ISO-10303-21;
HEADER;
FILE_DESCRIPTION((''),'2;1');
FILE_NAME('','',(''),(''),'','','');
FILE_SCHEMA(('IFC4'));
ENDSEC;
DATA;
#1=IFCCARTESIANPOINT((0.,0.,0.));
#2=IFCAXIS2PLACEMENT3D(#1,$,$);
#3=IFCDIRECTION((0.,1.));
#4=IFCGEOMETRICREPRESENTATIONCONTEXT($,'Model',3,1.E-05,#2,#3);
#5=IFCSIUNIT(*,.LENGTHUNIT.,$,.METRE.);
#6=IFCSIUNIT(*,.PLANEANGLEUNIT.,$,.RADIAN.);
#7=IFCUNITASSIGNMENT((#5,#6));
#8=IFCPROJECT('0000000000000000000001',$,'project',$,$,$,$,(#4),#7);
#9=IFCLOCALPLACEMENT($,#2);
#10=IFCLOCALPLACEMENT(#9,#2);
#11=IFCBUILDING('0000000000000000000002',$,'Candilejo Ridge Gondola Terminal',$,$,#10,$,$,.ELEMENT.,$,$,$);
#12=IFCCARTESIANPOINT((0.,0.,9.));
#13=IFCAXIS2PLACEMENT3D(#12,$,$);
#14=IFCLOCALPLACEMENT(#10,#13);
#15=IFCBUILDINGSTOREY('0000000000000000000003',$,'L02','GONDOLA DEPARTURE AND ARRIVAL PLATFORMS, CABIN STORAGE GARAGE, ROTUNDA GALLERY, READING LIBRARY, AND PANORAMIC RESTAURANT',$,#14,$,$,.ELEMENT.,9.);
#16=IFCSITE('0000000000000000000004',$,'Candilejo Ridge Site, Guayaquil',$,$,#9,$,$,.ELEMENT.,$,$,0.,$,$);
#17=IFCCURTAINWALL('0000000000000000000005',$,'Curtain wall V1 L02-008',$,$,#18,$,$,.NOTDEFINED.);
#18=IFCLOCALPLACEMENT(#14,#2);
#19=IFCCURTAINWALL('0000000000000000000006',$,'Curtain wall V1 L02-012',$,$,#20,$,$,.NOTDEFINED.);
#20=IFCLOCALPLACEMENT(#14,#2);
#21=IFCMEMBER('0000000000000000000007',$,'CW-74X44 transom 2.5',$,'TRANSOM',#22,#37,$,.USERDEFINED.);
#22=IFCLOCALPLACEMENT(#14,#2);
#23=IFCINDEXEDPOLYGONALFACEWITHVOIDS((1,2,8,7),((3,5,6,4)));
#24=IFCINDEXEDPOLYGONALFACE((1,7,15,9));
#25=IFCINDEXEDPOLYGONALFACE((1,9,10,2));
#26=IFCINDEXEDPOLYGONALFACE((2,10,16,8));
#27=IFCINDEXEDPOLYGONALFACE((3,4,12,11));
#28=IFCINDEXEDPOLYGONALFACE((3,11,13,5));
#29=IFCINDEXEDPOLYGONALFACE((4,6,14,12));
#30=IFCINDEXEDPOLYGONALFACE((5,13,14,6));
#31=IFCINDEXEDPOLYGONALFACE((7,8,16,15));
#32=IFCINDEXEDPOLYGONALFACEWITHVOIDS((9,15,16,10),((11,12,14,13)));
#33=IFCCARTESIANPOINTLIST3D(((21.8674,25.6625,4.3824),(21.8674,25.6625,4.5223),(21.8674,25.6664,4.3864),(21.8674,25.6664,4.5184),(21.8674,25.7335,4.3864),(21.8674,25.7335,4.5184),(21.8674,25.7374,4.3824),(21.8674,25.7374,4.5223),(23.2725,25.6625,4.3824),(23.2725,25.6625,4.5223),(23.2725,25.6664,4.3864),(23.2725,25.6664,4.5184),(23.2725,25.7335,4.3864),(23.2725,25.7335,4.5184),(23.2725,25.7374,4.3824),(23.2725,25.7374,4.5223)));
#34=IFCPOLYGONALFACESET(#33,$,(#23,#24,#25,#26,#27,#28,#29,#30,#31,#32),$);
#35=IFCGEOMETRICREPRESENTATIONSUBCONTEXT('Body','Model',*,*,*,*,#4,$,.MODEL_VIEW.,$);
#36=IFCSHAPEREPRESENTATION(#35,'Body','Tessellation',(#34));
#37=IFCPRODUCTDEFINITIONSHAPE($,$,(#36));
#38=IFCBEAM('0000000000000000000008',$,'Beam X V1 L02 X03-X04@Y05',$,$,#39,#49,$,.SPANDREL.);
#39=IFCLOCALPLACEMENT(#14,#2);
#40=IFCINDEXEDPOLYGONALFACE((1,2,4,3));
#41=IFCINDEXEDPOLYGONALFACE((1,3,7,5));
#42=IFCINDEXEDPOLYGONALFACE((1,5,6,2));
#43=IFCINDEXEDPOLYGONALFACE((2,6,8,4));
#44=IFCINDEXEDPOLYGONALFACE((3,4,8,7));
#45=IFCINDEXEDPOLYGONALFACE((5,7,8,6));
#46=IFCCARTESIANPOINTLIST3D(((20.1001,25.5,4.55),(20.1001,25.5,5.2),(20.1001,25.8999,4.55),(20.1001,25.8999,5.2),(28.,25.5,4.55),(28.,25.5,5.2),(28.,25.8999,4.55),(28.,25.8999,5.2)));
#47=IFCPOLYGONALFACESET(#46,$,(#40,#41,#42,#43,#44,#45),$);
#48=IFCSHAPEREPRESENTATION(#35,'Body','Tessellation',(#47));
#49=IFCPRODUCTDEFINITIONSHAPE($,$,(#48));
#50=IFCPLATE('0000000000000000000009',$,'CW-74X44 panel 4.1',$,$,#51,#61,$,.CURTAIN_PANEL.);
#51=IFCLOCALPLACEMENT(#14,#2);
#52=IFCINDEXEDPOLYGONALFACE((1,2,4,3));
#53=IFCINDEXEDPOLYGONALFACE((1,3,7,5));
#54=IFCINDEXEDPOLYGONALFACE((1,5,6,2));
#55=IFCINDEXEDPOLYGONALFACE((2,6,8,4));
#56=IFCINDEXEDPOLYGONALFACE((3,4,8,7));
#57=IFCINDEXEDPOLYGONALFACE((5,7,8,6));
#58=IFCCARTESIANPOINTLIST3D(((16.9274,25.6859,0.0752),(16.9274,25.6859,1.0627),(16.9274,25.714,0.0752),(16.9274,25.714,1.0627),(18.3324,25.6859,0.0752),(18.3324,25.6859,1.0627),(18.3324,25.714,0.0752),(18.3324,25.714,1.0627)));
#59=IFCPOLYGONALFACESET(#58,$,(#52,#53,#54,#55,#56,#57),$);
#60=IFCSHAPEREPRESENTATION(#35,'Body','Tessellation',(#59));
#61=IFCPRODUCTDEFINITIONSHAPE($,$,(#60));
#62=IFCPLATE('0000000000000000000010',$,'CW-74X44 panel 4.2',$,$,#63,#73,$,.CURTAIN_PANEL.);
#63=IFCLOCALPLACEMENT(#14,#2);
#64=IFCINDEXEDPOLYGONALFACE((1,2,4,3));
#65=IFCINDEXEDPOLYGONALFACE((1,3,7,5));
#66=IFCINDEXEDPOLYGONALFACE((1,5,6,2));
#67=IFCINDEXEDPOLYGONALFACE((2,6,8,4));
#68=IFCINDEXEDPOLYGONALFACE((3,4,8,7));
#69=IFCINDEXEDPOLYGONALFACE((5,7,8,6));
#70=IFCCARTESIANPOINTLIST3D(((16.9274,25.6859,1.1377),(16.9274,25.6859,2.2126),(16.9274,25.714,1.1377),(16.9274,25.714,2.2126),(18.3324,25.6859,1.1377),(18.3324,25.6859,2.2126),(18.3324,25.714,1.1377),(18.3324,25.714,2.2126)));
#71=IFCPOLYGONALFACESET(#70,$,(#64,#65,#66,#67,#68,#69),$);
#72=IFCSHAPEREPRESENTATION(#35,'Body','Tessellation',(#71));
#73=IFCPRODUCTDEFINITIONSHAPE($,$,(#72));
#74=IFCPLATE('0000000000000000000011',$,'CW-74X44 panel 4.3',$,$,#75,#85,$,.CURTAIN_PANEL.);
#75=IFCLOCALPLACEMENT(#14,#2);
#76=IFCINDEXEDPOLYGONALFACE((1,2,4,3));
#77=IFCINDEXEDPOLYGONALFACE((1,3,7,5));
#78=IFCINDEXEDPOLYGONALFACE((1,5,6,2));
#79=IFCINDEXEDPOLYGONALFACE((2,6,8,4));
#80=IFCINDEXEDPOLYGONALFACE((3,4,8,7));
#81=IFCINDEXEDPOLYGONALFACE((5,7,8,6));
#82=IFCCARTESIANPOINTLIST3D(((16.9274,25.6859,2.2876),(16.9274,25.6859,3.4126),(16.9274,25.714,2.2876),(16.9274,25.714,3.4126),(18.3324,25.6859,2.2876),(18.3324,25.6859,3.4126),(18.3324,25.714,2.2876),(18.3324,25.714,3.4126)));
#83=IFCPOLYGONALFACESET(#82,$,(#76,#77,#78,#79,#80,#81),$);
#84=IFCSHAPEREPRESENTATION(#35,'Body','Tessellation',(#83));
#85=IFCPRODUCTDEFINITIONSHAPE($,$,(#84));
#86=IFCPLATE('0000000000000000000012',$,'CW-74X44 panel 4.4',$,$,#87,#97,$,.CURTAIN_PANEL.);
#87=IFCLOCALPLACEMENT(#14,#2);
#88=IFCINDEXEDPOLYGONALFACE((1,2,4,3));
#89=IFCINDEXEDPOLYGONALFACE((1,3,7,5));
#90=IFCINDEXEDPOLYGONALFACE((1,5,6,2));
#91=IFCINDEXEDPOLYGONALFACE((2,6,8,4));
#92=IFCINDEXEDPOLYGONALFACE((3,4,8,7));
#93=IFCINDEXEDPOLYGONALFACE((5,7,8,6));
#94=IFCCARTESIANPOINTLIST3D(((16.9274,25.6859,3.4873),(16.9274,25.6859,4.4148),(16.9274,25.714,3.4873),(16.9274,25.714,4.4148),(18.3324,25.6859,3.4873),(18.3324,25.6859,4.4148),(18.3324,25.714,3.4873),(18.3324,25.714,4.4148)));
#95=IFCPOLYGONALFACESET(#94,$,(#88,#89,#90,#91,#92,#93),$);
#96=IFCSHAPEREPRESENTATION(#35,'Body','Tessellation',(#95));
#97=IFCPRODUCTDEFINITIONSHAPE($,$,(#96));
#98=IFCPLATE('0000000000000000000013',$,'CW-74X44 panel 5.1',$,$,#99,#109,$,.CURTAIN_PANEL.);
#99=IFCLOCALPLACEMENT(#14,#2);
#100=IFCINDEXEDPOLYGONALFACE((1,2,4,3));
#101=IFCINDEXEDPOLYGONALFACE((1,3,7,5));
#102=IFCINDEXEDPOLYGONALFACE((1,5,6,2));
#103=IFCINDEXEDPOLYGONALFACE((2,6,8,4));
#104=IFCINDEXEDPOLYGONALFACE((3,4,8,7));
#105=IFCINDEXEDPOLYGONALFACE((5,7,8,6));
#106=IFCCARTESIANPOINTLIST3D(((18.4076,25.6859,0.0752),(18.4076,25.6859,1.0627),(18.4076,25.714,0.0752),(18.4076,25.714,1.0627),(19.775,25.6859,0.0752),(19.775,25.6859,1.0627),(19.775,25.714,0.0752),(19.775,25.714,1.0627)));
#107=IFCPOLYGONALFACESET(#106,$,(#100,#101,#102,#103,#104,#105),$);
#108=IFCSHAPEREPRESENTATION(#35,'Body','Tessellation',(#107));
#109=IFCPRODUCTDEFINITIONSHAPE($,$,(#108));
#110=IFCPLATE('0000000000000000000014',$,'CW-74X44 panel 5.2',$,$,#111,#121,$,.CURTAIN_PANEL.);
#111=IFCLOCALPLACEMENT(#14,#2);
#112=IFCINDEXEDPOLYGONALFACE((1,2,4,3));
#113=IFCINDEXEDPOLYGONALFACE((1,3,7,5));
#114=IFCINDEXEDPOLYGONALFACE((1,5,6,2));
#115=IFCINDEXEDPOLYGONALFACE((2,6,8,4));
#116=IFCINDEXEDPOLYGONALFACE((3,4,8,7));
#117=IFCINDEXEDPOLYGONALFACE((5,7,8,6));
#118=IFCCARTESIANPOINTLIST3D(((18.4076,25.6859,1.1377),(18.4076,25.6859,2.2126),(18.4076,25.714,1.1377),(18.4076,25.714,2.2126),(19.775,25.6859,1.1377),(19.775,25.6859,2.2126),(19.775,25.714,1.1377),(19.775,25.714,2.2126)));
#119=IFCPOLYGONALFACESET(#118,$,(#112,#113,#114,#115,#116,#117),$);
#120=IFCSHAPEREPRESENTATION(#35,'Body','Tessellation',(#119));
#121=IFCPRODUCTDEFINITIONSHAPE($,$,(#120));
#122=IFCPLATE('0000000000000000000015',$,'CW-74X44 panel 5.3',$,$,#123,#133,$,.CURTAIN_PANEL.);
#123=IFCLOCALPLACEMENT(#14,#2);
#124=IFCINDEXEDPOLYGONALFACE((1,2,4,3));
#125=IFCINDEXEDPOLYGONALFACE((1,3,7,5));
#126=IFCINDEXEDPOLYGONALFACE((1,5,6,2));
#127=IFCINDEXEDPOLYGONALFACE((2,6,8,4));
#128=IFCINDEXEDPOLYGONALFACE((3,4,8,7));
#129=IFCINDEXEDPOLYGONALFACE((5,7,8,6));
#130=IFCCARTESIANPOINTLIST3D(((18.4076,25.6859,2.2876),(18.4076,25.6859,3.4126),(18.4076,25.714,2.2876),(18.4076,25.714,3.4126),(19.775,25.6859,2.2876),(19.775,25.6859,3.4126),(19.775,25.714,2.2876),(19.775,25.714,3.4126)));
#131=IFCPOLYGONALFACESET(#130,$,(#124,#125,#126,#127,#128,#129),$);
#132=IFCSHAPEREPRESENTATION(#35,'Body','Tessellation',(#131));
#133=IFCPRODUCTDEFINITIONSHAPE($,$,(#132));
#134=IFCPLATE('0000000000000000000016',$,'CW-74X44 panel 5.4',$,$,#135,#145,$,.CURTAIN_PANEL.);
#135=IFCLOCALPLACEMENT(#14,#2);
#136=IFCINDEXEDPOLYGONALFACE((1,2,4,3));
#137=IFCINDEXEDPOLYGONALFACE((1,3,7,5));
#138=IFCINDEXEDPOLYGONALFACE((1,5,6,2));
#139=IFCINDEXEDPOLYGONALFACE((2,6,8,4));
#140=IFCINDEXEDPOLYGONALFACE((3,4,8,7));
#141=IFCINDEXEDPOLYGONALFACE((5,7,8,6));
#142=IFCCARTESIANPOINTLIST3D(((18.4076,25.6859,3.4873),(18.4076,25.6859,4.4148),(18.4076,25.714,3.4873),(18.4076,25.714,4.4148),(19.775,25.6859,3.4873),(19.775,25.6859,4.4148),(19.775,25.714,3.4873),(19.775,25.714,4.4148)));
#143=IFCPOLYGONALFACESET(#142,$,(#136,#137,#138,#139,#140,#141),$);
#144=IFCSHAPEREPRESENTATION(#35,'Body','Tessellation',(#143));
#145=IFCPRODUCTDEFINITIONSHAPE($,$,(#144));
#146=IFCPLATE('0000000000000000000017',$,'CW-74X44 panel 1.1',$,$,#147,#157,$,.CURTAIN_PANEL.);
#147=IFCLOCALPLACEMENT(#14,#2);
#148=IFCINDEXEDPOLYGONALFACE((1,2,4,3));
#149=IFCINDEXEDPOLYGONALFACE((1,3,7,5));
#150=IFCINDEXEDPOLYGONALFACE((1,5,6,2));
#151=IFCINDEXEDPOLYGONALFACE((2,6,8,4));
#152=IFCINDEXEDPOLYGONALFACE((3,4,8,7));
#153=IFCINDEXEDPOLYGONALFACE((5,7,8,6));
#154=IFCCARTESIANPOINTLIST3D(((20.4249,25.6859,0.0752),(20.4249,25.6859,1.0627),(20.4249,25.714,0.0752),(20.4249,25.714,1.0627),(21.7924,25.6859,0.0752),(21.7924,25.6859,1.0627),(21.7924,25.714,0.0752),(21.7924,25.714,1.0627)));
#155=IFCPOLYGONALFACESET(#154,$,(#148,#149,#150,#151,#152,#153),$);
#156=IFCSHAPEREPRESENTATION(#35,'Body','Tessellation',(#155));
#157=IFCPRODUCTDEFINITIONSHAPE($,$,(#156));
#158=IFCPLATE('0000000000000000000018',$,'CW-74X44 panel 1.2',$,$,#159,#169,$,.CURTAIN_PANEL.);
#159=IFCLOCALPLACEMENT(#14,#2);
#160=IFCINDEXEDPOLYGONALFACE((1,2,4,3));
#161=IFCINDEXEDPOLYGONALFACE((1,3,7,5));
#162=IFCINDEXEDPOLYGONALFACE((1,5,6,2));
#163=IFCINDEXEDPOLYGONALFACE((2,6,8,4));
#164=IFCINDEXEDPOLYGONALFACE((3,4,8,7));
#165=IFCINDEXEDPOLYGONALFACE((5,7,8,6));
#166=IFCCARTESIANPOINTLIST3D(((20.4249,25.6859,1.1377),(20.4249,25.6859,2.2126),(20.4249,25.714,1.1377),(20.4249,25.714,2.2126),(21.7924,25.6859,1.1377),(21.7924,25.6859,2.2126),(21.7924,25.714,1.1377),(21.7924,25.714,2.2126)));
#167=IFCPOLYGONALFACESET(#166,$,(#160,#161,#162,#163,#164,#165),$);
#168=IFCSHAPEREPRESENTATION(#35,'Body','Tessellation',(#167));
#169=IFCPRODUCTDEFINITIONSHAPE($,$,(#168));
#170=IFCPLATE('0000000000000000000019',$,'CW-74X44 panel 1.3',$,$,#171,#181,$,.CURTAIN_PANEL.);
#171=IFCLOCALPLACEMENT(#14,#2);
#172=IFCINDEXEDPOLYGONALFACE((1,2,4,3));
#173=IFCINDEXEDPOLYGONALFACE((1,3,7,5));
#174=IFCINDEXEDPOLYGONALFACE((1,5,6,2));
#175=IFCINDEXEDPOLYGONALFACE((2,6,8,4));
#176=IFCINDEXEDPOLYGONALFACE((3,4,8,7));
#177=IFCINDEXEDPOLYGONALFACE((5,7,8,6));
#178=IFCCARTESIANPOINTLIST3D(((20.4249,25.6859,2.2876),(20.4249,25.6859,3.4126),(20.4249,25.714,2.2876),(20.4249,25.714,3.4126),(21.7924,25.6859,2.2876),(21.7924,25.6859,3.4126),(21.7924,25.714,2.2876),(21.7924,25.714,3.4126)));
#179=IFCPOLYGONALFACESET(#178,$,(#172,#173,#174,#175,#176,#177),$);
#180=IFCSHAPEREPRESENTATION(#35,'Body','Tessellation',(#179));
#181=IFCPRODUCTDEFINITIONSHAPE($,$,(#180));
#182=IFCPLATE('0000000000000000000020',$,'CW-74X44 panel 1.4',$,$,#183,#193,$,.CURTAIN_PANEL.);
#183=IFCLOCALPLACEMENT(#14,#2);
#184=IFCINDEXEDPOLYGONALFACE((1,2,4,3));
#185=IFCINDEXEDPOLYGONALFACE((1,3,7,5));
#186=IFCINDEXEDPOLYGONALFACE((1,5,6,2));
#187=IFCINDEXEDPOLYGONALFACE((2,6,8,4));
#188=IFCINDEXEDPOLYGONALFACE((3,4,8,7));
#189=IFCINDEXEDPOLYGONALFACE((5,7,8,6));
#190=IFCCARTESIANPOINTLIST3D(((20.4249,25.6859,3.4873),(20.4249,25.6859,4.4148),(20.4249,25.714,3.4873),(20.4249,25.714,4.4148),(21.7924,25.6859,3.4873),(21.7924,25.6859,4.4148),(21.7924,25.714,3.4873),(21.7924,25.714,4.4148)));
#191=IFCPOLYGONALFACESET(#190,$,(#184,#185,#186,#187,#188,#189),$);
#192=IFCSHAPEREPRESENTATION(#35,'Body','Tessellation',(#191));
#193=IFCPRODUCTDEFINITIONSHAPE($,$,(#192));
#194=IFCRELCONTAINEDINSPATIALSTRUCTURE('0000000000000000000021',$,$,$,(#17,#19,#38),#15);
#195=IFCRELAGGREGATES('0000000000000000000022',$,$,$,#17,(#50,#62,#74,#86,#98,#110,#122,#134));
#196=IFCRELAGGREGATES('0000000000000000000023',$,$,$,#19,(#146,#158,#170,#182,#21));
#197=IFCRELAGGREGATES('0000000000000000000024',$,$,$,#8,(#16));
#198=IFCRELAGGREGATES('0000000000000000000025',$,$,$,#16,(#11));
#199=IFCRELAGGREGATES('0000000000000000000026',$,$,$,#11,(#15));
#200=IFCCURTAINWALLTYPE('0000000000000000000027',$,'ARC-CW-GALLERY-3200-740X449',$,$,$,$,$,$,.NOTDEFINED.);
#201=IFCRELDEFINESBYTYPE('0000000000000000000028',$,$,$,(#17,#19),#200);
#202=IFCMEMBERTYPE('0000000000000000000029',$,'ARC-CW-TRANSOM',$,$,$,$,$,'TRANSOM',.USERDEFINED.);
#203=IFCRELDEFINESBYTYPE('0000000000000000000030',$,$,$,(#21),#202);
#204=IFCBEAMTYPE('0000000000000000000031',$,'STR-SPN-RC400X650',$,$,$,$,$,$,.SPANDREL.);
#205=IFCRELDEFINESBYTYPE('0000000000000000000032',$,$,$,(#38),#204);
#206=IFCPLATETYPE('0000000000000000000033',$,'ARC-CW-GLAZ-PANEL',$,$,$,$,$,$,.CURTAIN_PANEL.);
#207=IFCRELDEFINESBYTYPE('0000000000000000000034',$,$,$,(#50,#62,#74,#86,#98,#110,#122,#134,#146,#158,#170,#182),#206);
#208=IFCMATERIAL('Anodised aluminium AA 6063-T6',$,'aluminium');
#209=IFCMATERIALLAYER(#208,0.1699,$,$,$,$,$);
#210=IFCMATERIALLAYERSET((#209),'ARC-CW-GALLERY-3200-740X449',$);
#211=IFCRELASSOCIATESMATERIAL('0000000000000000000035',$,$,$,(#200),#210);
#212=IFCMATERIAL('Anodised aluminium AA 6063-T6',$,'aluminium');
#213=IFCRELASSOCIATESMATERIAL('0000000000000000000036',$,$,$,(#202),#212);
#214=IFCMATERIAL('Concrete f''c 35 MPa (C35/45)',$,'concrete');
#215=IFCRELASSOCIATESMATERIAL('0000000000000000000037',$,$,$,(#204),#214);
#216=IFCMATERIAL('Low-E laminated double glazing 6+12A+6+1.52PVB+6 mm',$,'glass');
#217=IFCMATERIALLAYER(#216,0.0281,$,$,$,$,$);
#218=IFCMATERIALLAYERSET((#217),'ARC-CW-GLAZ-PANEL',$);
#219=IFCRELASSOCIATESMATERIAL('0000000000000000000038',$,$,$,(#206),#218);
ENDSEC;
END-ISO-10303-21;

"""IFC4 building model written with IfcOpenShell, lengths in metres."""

from ifc_helpers import new_model, si_unit, direction, frame, origin, origin_2d, place, context, subcontext, project, spatial, rectangle, hollow_rectangle, extrude, material, layer, layer_set, material_profile, profile_set, type_object, element, aggregate, save


model = new_model("IFC4")

# Units and contexts
model_context = context("Model", 3, precision=1e-05, world=origin(), true_north=direction((0.0, 1.0)))
body_context = subcontext(model_context, "Body", "Model", "MODEL_VIEW")
ifc_project = project(units=[si_unit("LENGTHUNIT", "METRE"), si_unit("PLANEANGLEUNIT", "RADIAN")], contexts=[model_context])

# Site, building, storey
site_placement = place(None, origin())
site = spatial("IfcSite", under=ifc_project, at=site_placement, Name="Candilejo Ridge Site, Guayaquil", CompositionType="ELEMENT", RefElevation=0.0)
building_placement = place(site_placement, origin())
building = spatial("IfcBuilding", under=site, at=building_placement, Name="Candilejo Ridge Gondola Terminal", CompositionType="ELEMENT")
storey_placement = place(building_placement, frame((0.0, 0.0, 9.0)))
storey = spatial("IfcBuildingStorey", under=building, at=storey_placement, Name="L02", Description="GONDOLA DEPARTURE AND ARRIVAL PLATFORMS, CABIN STORAGE GARAGE, ROTUNDA GALLERY, READING LIBRARY, AND PANORAMIC RESTAURANT", CompositionType="ELEMENT", Elevation=9.0)

# Curtain walls
ifc_material_1 = material(Name="Anodised aluminium AA 6063-T6", Category="aluminium")
ifc_layer_1 = layer(ifc_material_1, 0.1699)
ifc_layer_set_1 = layer_set([ifc_layer_1], Name="ARC-CW-GALLERY-3200-740X449")
curtain_wall_type = type_object("IfcCurtainWallType", Name="ARC-CW-GALLERY-3200-740X449", PredefinedType="NOTDEFINED", material=ifc_layer_set_1)
curtain_wall_1_placement = place(storey_placement, origin())
curtain_wall_1 = element("IfcCurtainWall", 1, at=curtain_wall_1_placement, inside=storey, type_object=curtain_wall_type, Name="Curtain wall V1 L02-008", PredefinedType="NOTDEFINED")
curtain_wall_2_placement = place(storey_placement, origin())
curtain_wall_2 = element("IfcCurtainWall", 2, at=curtain_wall_2_placement, inside=storey, type_object=curtain_wall_type, Name="Curtain wall V1 L02-012", PredefinedType="NOTDEFINED")

# Member
ifc_material_2 = material(Name="Anodised aluminium AA 6063-T6", Category="aluminium")
ifc_material_profile_1 = material_profile(ifc_material_2, hollow_rectangle(XDim=0.075, YDim=0.1399, WallThickness=0.0039, at=origin_2d()))
ifc_profile_set_1 = profile_set([ifc_material_profile_1], Name="Anodised aluminium AA 6063-T6")
member_type_1 = type_object("IfcMemberType", Name="ARC-CW-TRANSOM", ElementType="TRANSOM", PredefinedType="USERDEFINED", material=ifc_profile_set_1)
member_1_placement = place(storey_placement, frame((21.8674, 25.7, 4.4524), z_axis=(1.0, 0.0, 0.0), x_axis=(0.0, 1.0, 0.0)))
member_1 = element("IfcMember", 3, at=member_1_placement, type_object=member_type_1, Name="CW-74X44 transom 2.5", ObjectType="TRANSOM", PredefinedType="USERDEFINED", context=body_context, shape_type="SweptSolid", body=[
    extrude(hollow_rectangle(XDim=0.075, YDim=0.1399, WallThickness=0.0039, at=origin_2d()), origin(), (0.0, 0.0, 1.0), 1.405),
])

# Beam
ifc_material_3 = material(Name="Concrete f'c 35 MPa (C35/45)", Category="concrete")
ifc_material_profile_2 = material_profile(ifc_material_3, rectangle(XDim=0.3999, YDim=0.6499, at=origin_2d()))
ifc_profile_set_2 = profile_set([ifc_material_profile_2], Name="Concrete f'c 35 MPa (C35/45)")
beam_type = type_object("IfcBeamType", Name="STR-SPN-RC400X650", PredefinedType="SPANDREL", material=ifc_profile_set_2)
beam_placement = place(storey_placement, frame((20.1001, 25.7, 4.875), z_axis=(1.0, 0.0, 0.0), x_axis=(0.0, 1.0, 0.0)))
element("IfcBeam", 4, at=beam_placement, inside=storey, type_object=beam_type, Name="Beam X V1 L02 X03-X04@Y05", PredefinedType="SPANDREL", context=body_context, shape_type="SweptSolid", body=[
    extrude(rectangle(XDim=0.3999, YDim=0.6499, at=origin_2d()), origin(), (0.0, 0.0, 1.0), 7.8999),
])

# Plates
ifc_material_4 = material(Name="Low-E laminated double glazing 6+12A+6+1.52PVB+6 mm", Category="glass")
ifc_layer_2 = layer(ifc_material_4, 0.0281)
ifc_layer_set_2 = layer_set([ifc_layer_2], Name="ARC-CW-GLAZ-PANEL")
plate_type = type_object("IfcPlateType", Name="ARC-CW-GLAZ-PANEL", PredefinedType="CURTAIN_PANEL", material=ifc_layer_set_2)
plate_1_placement = place(storey_placement, frame((17.6299, 25.7, 0.0752), z_axis=(0.0, 0.0, 1.0), x_axis=(1.0, 0.0, 0.0)))
plate_1 = element("IfcPlate", 5, at=plate_1_placement, type_object=plate_type, Name="CW-74X44 panel 4.1", PredefinedType="CURTAIN_PANEL", context=body_context, shape_type="SweptSolid", body=[
    extrude(rectangle(XDim=1.405, YDim=0.0281, at=origin_2d()), origin(), (0.0, 0.0, 1.0), 0.9875),
])
plate_2_placement = place(storey_placement, frame((17.6299, 25.7, 1.1377), z_axis=(0.0, 0.0, 1.0), x_axis=(1.0, 0.0, 0.0)))
plate_2 = element("IfcPlate", 6, at=plate_2_placement, type_object=plate_type, Name="CW-74X44 panel 4.2", PredefinedType="CURTAIN_PANEL", context=body_context, shape_type="SweptSolid", body=[
    extrude(rectangle(XDim=1.405, YDim=0.0281, at=origin_2d()), origin(), (0.0, 0.0, 1.0), 1.075),
])
plate_3_placement = place(storey_placement, frame((17.6299, 25.7, 2.2876), z_axis=(0.0, 0.0, 1.0), x_axis=(1.0, 0.0, 0.0)))
plate_3 = element("IfcPlate", 7, at=plate_3_placement, type_object=plate_type, Name="CW-74X44 panel 4.3", PredefinedType="CURTAIN_PANEL", context=body_context, shape_type="SweptSolid", body=[
    extrude(rectangle(XDim=1.405, YDim=0.0281, at=origin_2d()), origin(), (0.0, 0.0, 1.0), 1.125),
])
plate_4_placement = place(storey_placement, frame((17.6299, 25.7, 3.4873), z_axis=(0.0, 0.0, 1.0), x_axis=(1.0, 0.0, 0.0)))
plate_4 = element("IfcPlate", 8, at=plate_4_placement, type_object=plate_type, Name="CW-74X44 panel 4.4", PredefinedType="CURTAIN_PANEL", context=body_context, shape_type="SweptSolid", body=[
    extrude(rectangle(XDim=1.405, YDim=0.0281, at=origin_2d()), origin(), (0.0, 0.0, 1.0), 0.9275),
])
plate_5_placement = place(storey_placement, frame((19.0913, 25.7, 0.0752), z_axis=(0.0, 0.0, 1.0), x_axis=(1.0, 0.0, 0.0)))
plate_5 = element("IfcPlate", 9, at=plate_5_placement, type_object=plate_type, Name="CW-74X44 panel 5.1", PredefinedType="CURTAIN_PANEL", context=body_context, shape_type="SweptSolid", body=[
    extrude(rectangle(XDim=1.3674, YDim=0.0281, at=origin_2d()), origin(), (0.0, 0.0, 1.0), 0.9875),
])
plate_6_placement = place(storey_placement, frame((19.0913, 25.7, 1.1377), z_axis=(0.0, 0.0, 1.0), x_axis=(1.0, 0.0, 0.0)))
plate_6 = element("IfcPlate", 10, at=plate_6_placement, type_object=plate_type, Name="CW-74X44 panel 5.2", PredefinedType="CURTAIN_PANEL", context=body_context, shape_type="SweptSolid", body=[
    extrude(rectangle(XDim=1.3674, YDim=0.0281, at=origin_2d()), origin(), (0.0, 0.0, 1.0), 1.075),
])
plate_7_placement = place(storey_placement, frame((19.0913, 25.7, 2.2876), z_axis=(0.0, 0.0, 1.0), x_axis=(1.0, 0.0, 0.0)))
plate_7 = element("IfcPlate", 11, at=plate_7_placement, type_object=plate_type, Name="CW-74X44 panel 5.3", PredefinedType="CURTAIN_PANEL", context=body_context, shape_type="SweptSolid", body=[
    extrude(rectangle(XDim=1.3674, YDim=0.0281, at=origin_2d()), origin(), (0.0, 0.0, 1.0), 1.125),
])
plate_8_placement = place(storey_placement, frame((19.0913, 25.7, 3.4873), z_axis=(0.0, 0.0, 1.0), x_axis=(1.0, 0.0, 0.0)))
plate_8 = element("IfcPlate", 12, at=plate_8_placement, type_object=plate_type, Name="CW-74X44 panel 5.4", PredefinedType="CURTAIN_PANEL", context=body_context, shape_type="SweptSolid", body=[
    extrude(rectangle(XDim=1.3674, YDim=0.0281, at=origin_2d()), origin(), (0.0, 0.0, 1.0), 0.9275),
])
aggregate(curtain_wall_1, [plate_1, plate_2, plate_3, plate_4, plate_5, plate_6, plate_7, plate_8])
plate_9_placement = place(storey_placement, frame((21.1086, 25.7, 0.0752), z_axis=(0.0, 0.0, 1.0), x_axis=(1.0, 0.0, 0.0)))
plate_9 = element("IfcPlate", 13, at=plate_9_placement, type_object=plate_type, Name="CW-74X44 panel 1.1", PredefinedType="CURTAIN_PANEL", context=body_context, shape_type="SweptSolid", body=[
    extrude(rectangle(XDim=1.3674, YDim=0.0281, at=origin_2d()), origin(), (0.0, 0.0, 1.0), 0.9875),
])
plate_10_placement = place(storey_placement, frame((21.1086, 25.7, 1.1377), z_axis=(0.0, 0.0, 1.0), x_axis=(1.0, 0.0, 0.0)))
plate_10 = element("IfcPlate", 14, at=plate_10_placement, type_object=plate_type, Name="CW-74X44 panel 1.2", PredefinedType="CURTAIN_PANEL", context=body_context, shape_type="SweptSolid", body=[
    extrude(rectangle(XDim=1.3674, YDim=0.0281, at=origin_2d()), origin(), (0.0, 0.0, 1.0), 1.075),
])
plate_11_placement = place(storey_placement, frame((21.1086, 25.7, 2.2876), z_axis=(0.0, 0.0, 1.0), x_axis=(1.0, 0.0, 0.0)))
plate_11 = element("IfcPlate", 15, at=plate_11_placement, type_object=plate_type, Name="CW-74X44 panel 1.3", PredefinedType="CURTAIN_PANEL", context=body_context, shape_type="SweptSolid", body=[
    extrude(rectangle(XDim=1.3674, YDim=0.0281, at=origin_2d()), origin(), (0.0, 0.0, 1.0), 1.125),
])
plate_12_placement = place(storey_placement, frame((21.1086, 25.7, 3.4873), z_axis=(0.0, 0.0, 1.0), x_axis=(1.0, 0.0, 0.0)))
plate_12 = element("IfcPlate", 16, at=plate_12_placement, type_object=plate_type, Name="CW-74X44 panel 1.4", PredefinedType="CURTAIN_PANEL", context=body_context, shape_type="SweptSolid", body=[
    extrude(rectangle(XDim=1.3674, YDim=0.0281, at=origin_2d()), origin(), (0.0, 0.0, 1.0), 0.9275),
])
aggregate(curtain_wall_2, [plate_9, plate_10, plate_11, plate_12, member_1])

save(model, "model.ifc")
